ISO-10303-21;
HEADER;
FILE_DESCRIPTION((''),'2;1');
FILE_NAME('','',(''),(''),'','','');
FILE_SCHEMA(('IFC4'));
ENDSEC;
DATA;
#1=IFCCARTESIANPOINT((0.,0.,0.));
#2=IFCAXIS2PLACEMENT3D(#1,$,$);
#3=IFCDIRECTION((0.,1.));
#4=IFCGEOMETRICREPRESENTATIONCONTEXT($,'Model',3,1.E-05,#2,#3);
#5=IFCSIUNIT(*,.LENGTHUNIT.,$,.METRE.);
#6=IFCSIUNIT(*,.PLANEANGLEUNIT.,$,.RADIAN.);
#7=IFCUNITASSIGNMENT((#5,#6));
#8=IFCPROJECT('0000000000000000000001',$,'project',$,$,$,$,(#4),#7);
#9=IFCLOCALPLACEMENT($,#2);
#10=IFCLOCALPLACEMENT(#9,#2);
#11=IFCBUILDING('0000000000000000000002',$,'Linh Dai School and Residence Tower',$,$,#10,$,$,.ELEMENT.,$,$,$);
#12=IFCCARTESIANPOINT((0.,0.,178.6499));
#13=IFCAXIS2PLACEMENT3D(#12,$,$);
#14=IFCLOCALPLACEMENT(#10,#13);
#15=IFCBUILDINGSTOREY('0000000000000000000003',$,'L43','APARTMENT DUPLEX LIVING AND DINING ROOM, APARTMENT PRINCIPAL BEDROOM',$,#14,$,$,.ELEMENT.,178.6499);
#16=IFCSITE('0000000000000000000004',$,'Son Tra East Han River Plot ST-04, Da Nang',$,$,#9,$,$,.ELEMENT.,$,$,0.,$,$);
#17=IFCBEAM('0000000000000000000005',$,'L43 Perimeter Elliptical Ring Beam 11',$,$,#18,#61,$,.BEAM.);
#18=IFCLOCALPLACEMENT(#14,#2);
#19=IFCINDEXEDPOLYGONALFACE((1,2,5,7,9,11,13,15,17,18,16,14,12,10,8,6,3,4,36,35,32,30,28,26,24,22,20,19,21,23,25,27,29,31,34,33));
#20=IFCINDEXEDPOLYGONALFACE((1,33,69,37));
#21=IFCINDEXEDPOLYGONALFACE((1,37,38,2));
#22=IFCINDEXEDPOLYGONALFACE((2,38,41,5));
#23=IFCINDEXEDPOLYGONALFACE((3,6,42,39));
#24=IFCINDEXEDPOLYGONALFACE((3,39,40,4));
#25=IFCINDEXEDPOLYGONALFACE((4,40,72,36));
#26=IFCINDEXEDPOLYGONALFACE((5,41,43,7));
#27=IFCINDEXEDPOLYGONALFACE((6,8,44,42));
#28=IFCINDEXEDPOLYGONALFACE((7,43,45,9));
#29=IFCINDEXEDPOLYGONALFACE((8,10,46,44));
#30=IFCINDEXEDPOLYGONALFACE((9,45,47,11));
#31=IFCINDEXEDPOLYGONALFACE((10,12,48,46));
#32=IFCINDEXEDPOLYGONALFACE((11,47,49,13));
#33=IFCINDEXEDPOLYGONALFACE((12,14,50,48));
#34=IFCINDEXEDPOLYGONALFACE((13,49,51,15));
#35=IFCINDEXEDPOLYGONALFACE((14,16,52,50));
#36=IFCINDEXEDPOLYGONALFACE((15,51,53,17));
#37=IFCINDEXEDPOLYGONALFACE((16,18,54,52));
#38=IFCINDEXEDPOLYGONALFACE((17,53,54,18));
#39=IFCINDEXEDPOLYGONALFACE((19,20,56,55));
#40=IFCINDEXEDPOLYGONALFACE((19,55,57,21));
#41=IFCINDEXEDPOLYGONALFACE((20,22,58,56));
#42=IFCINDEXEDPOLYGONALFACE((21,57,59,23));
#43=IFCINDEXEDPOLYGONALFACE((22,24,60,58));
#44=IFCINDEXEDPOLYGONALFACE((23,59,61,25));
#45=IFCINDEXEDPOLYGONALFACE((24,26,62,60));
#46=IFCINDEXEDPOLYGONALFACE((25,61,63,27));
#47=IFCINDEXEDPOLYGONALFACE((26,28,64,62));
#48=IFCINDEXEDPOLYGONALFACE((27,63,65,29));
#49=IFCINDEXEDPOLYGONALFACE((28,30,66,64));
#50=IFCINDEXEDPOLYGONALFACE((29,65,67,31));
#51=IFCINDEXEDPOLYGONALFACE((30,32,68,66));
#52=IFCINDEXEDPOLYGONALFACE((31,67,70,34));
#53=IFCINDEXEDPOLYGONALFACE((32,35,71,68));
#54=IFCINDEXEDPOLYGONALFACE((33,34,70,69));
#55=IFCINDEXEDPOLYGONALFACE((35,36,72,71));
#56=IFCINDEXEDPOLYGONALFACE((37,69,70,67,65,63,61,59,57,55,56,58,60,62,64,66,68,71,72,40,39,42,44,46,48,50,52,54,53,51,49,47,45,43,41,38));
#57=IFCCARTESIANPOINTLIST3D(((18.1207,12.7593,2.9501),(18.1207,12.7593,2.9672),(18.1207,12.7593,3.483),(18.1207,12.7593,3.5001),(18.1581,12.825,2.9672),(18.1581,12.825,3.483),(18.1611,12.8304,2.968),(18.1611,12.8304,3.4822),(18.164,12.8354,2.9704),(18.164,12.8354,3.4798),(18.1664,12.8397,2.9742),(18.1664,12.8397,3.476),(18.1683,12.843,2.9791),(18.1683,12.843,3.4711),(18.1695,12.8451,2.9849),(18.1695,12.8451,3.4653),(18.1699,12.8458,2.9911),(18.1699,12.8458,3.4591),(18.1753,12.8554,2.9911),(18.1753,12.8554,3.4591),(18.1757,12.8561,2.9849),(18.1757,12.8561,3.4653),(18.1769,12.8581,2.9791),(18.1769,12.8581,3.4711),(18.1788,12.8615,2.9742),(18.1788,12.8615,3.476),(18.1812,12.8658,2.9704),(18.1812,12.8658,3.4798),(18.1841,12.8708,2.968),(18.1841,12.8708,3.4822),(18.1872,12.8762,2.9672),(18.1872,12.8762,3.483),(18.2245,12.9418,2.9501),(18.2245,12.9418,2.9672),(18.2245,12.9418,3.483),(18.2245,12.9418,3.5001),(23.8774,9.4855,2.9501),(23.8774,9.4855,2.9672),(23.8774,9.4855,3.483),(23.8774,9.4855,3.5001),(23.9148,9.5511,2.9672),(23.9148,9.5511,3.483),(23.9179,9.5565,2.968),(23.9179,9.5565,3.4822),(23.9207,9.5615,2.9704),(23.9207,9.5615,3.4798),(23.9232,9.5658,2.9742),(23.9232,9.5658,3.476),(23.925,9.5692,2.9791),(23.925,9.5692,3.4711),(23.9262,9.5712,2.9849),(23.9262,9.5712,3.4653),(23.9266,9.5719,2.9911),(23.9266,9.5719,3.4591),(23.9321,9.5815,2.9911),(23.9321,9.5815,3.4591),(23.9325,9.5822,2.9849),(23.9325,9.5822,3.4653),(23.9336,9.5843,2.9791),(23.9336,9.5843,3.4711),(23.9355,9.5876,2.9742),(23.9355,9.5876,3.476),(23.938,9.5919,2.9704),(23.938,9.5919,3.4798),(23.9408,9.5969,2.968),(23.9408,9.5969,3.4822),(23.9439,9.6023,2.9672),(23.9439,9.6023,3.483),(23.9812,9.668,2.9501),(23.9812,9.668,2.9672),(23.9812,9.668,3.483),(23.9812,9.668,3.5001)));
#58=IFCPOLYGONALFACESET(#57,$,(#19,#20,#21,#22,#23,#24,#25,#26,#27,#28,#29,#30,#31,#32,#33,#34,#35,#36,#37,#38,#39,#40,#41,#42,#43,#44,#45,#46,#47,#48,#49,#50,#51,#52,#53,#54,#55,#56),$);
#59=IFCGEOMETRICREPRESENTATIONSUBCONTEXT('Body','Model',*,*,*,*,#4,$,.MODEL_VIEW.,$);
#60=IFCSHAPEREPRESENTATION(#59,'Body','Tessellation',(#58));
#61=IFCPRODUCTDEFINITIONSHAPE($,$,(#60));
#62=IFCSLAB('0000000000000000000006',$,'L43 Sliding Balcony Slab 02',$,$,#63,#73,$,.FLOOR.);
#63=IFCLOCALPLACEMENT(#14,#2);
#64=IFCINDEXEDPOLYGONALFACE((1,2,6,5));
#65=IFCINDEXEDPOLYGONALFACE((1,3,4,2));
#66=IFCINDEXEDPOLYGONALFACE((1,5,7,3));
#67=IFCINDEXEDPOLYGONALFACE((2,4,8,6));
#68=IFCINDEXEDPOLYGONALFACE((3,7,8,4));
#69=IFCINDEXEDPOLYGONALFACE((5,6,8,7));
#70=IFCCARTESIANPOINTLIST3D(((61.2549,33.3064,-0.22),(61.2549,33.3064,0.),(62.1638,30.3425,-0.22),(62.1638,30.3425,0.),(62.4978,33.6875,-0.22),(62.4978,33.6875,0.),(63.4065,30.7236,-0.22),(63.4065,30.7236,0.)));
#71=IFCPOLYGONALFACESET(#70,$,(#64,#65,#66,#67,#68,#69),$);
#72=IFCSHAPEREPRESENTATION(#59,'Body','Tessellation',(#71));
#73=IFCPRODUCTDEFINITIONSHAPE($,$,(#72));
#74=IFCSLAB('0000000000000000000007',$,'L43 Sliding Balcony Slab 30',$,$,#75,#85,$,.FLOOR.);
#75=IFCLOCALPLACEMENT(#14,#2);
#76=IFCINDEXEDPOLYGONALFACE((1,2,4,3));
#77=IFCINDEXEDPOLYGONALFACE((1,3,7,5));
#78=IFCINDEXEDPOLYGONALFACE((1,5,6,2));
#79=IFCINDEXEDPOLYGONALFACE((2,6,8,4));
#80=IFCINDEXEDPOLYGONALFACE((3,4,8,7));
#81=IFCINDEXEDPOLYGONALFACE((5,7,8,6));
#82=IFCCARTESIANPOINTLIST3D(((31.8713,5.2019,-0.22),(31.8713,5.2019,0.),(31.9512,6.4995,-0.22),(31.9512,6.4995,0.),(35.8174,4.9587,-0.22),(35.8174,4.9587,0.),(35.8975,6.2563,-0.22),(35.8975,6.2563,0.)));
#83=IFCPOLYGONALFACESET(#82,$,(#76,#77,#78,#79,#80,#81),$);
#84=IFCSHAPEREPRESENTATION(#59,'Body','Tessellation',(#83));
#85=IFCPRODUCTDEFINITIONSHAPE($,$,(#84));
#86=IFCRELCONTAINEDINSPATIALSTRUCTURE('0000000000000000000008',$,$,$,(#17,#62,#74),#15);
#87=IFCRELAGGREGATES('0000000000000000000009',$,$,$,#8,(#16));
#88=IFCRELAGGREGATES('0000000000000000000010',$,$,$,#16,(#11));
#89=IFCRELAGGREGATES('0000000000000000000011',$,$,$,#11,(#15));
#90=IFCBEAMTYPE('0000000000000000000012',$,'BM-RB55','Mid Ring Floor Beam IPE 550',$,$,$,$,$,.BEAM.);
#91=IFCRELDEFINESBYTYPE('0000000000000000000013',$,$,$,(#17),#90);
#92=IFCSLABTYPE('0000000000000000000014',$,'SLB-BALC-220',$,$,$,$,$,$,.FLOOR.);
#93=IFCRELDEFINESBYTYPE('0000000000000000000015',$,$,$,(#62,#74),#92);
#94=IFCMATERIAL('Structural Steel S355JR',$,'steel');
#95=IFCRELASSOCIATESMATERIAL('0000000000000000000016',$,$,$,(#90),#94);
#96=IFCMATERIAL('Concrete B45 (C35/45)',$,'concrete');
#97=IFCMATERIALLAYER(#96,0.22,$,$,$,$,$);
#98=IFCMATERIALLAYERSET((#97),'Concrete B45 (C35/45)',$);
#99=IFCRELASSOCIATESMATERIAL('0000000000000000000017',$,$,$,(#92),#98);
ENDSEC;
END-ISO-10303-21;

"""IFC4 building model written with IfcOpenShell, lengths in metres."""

from ifc_helpers import new_model, si_unit, direction, frame, origin, origin_2d, place, context, subcontext, project, spatial, polyline, i_section, outline, extrude, material, layer, layer_set, material_profile, profile_set, type_object, element, save


model = new_model("IFC4")

# Units and contexts
model_context = context("Model", 3, precision=1e-05, world=origin(), true_north=direction((0.0, 1.0)))
body_context = subcontext(model_context, "Body", "Model", "MODEL_VIEW")
ifc_project = project(units=[si_unit("LENGTHUNIT", "METRE"), si_unit("PLANEANGLEUNIT", "RADIAN")], contexts=[model_context])

# Site, building, storey
site_placement = place(None, origin())
site = spatial("IfcSite", under=ifc_project, at=site_placement, Name="Son Tra East Han River Plot ST-04, Da Nang", CompositionType="ELEMENT", RefElevation=0.0)
building_placement = place(site_placement, origin())
building = spatial("IfcBuilding", under=site, at=building_placement, Name="Linh Dai School and Residence Tower", CompositionType="ELEMENT")
storey_placement = place(building_placement, frame((0.0, 0.0, 178.6499)))
storey = spatial("IfcBuildingStorey", under=building, at=storey_placement, Name="L43", Description="APARTMENT DUPLEX LIVING AND DINING ROOM, APARTMENT PRINCIPAL BEDROOM", CompositionType="ELEMENT", Elevation=178.6499)

# Shared definitions
ifc_material_1 = material(Name="Structural Steel S355JR", Category="steel")

# Beam
ifc_material_profile_1 = material_profile(ifc_material_1, i_section(OverallWidth=0.21, OverallDepth=0.55, WebThickness=0.011, FlangeThickness=0.0171, FilletRadius=0.0239, at=origin_2d()), Name="IPE 550")
ifc_profile_set_1 = profile_set([ifc_material_profile_1], Name="Structural Steel S355JR")
beam_type = type_object("IfcBeamType", Name="BM-RB55", Description="Mid Ring Floor Beam IPE 550", PredefinedType="BEAM", material=ifc_profile_set_1)
beam_placement = place(storey_placement, frame((18.1726, 12.8506, 3.2251), z_axis=(0.869262, -0.494351, 0.0), x_axis=(0.494351, 0.869262, 0.0)))
element("IfcBeam", 1, at=beam_placement, inside=storey, type_object=beam_type, Name="L43 Perimeter Elliptical Ring Beam 11", PredefinedType="BEAM", context=body_context, shape_type="SweptSolid", body=[
    extrude(i_section(OverallWidth=0.21, OverallDepth=0.55, WebThickness=0.011, FlangeThickness=0.0171, FilletRadius=0.0239, at=origin_2d()), origin(), (0.0, 0.0, 1.0), 6.6226),
])

# Slabs
ifc_material_2 = material(Name="Concrete B45 (C35/45)", Category="concrete")
ifc_layer_1 = layer(ifc_material_2, 0.22)
ifc_layer_set_1 = layer_set([ifc_layer_1], Name="Concrete B45 (C35/45)")
slab_type_1 = type_object("IfcSlabType", Name="SLB-BALC-220", PredefinedType="FLOOR", material=ifc_layer_set_1)
slab_1_placement = place(storey_placement, frame((0.0, 0.0, -0.22)))
element("IfcSlab", 2, at=slab_1_placement, inside=storey, type_object=slab_type_1, Name="L43 Sliding Balcony Slab 02", PredefinedType="FLOOR", context=body_context, shape_type="SweptSolid", body=[
    extrude(outline(polyline([(61.2549, 33.3064), (62.1638, 30.3425), (63.4065, 30.7236), (62.4978, 33.6875), (61.2549, 33.3064)])), origin(), (0.0, 0.0, 1.0), 0.22),
])
slab_2_placement = place(storey_placement, frame((0.0, 0.0, -0.22)))
element("IfcSlab", 3, at=slab_2_placement, inside=storey, type_object=slab_type_1, Name="L43 Sliding Balcony Slab 30", PredefinedType="FLOOR", context=body_context, shape_type="SweptSolid", body=[
    extrude(outline(polyline([(35.8975, 6.2563), (31.9512, 6.4995), (31.8713, 5.2019), (35.8174, 4.9587), (35.8975, 6.2563)])), origin(), (0.0, 0.0, 1.0), 0.22),
])

save(model, "model.ifc")
